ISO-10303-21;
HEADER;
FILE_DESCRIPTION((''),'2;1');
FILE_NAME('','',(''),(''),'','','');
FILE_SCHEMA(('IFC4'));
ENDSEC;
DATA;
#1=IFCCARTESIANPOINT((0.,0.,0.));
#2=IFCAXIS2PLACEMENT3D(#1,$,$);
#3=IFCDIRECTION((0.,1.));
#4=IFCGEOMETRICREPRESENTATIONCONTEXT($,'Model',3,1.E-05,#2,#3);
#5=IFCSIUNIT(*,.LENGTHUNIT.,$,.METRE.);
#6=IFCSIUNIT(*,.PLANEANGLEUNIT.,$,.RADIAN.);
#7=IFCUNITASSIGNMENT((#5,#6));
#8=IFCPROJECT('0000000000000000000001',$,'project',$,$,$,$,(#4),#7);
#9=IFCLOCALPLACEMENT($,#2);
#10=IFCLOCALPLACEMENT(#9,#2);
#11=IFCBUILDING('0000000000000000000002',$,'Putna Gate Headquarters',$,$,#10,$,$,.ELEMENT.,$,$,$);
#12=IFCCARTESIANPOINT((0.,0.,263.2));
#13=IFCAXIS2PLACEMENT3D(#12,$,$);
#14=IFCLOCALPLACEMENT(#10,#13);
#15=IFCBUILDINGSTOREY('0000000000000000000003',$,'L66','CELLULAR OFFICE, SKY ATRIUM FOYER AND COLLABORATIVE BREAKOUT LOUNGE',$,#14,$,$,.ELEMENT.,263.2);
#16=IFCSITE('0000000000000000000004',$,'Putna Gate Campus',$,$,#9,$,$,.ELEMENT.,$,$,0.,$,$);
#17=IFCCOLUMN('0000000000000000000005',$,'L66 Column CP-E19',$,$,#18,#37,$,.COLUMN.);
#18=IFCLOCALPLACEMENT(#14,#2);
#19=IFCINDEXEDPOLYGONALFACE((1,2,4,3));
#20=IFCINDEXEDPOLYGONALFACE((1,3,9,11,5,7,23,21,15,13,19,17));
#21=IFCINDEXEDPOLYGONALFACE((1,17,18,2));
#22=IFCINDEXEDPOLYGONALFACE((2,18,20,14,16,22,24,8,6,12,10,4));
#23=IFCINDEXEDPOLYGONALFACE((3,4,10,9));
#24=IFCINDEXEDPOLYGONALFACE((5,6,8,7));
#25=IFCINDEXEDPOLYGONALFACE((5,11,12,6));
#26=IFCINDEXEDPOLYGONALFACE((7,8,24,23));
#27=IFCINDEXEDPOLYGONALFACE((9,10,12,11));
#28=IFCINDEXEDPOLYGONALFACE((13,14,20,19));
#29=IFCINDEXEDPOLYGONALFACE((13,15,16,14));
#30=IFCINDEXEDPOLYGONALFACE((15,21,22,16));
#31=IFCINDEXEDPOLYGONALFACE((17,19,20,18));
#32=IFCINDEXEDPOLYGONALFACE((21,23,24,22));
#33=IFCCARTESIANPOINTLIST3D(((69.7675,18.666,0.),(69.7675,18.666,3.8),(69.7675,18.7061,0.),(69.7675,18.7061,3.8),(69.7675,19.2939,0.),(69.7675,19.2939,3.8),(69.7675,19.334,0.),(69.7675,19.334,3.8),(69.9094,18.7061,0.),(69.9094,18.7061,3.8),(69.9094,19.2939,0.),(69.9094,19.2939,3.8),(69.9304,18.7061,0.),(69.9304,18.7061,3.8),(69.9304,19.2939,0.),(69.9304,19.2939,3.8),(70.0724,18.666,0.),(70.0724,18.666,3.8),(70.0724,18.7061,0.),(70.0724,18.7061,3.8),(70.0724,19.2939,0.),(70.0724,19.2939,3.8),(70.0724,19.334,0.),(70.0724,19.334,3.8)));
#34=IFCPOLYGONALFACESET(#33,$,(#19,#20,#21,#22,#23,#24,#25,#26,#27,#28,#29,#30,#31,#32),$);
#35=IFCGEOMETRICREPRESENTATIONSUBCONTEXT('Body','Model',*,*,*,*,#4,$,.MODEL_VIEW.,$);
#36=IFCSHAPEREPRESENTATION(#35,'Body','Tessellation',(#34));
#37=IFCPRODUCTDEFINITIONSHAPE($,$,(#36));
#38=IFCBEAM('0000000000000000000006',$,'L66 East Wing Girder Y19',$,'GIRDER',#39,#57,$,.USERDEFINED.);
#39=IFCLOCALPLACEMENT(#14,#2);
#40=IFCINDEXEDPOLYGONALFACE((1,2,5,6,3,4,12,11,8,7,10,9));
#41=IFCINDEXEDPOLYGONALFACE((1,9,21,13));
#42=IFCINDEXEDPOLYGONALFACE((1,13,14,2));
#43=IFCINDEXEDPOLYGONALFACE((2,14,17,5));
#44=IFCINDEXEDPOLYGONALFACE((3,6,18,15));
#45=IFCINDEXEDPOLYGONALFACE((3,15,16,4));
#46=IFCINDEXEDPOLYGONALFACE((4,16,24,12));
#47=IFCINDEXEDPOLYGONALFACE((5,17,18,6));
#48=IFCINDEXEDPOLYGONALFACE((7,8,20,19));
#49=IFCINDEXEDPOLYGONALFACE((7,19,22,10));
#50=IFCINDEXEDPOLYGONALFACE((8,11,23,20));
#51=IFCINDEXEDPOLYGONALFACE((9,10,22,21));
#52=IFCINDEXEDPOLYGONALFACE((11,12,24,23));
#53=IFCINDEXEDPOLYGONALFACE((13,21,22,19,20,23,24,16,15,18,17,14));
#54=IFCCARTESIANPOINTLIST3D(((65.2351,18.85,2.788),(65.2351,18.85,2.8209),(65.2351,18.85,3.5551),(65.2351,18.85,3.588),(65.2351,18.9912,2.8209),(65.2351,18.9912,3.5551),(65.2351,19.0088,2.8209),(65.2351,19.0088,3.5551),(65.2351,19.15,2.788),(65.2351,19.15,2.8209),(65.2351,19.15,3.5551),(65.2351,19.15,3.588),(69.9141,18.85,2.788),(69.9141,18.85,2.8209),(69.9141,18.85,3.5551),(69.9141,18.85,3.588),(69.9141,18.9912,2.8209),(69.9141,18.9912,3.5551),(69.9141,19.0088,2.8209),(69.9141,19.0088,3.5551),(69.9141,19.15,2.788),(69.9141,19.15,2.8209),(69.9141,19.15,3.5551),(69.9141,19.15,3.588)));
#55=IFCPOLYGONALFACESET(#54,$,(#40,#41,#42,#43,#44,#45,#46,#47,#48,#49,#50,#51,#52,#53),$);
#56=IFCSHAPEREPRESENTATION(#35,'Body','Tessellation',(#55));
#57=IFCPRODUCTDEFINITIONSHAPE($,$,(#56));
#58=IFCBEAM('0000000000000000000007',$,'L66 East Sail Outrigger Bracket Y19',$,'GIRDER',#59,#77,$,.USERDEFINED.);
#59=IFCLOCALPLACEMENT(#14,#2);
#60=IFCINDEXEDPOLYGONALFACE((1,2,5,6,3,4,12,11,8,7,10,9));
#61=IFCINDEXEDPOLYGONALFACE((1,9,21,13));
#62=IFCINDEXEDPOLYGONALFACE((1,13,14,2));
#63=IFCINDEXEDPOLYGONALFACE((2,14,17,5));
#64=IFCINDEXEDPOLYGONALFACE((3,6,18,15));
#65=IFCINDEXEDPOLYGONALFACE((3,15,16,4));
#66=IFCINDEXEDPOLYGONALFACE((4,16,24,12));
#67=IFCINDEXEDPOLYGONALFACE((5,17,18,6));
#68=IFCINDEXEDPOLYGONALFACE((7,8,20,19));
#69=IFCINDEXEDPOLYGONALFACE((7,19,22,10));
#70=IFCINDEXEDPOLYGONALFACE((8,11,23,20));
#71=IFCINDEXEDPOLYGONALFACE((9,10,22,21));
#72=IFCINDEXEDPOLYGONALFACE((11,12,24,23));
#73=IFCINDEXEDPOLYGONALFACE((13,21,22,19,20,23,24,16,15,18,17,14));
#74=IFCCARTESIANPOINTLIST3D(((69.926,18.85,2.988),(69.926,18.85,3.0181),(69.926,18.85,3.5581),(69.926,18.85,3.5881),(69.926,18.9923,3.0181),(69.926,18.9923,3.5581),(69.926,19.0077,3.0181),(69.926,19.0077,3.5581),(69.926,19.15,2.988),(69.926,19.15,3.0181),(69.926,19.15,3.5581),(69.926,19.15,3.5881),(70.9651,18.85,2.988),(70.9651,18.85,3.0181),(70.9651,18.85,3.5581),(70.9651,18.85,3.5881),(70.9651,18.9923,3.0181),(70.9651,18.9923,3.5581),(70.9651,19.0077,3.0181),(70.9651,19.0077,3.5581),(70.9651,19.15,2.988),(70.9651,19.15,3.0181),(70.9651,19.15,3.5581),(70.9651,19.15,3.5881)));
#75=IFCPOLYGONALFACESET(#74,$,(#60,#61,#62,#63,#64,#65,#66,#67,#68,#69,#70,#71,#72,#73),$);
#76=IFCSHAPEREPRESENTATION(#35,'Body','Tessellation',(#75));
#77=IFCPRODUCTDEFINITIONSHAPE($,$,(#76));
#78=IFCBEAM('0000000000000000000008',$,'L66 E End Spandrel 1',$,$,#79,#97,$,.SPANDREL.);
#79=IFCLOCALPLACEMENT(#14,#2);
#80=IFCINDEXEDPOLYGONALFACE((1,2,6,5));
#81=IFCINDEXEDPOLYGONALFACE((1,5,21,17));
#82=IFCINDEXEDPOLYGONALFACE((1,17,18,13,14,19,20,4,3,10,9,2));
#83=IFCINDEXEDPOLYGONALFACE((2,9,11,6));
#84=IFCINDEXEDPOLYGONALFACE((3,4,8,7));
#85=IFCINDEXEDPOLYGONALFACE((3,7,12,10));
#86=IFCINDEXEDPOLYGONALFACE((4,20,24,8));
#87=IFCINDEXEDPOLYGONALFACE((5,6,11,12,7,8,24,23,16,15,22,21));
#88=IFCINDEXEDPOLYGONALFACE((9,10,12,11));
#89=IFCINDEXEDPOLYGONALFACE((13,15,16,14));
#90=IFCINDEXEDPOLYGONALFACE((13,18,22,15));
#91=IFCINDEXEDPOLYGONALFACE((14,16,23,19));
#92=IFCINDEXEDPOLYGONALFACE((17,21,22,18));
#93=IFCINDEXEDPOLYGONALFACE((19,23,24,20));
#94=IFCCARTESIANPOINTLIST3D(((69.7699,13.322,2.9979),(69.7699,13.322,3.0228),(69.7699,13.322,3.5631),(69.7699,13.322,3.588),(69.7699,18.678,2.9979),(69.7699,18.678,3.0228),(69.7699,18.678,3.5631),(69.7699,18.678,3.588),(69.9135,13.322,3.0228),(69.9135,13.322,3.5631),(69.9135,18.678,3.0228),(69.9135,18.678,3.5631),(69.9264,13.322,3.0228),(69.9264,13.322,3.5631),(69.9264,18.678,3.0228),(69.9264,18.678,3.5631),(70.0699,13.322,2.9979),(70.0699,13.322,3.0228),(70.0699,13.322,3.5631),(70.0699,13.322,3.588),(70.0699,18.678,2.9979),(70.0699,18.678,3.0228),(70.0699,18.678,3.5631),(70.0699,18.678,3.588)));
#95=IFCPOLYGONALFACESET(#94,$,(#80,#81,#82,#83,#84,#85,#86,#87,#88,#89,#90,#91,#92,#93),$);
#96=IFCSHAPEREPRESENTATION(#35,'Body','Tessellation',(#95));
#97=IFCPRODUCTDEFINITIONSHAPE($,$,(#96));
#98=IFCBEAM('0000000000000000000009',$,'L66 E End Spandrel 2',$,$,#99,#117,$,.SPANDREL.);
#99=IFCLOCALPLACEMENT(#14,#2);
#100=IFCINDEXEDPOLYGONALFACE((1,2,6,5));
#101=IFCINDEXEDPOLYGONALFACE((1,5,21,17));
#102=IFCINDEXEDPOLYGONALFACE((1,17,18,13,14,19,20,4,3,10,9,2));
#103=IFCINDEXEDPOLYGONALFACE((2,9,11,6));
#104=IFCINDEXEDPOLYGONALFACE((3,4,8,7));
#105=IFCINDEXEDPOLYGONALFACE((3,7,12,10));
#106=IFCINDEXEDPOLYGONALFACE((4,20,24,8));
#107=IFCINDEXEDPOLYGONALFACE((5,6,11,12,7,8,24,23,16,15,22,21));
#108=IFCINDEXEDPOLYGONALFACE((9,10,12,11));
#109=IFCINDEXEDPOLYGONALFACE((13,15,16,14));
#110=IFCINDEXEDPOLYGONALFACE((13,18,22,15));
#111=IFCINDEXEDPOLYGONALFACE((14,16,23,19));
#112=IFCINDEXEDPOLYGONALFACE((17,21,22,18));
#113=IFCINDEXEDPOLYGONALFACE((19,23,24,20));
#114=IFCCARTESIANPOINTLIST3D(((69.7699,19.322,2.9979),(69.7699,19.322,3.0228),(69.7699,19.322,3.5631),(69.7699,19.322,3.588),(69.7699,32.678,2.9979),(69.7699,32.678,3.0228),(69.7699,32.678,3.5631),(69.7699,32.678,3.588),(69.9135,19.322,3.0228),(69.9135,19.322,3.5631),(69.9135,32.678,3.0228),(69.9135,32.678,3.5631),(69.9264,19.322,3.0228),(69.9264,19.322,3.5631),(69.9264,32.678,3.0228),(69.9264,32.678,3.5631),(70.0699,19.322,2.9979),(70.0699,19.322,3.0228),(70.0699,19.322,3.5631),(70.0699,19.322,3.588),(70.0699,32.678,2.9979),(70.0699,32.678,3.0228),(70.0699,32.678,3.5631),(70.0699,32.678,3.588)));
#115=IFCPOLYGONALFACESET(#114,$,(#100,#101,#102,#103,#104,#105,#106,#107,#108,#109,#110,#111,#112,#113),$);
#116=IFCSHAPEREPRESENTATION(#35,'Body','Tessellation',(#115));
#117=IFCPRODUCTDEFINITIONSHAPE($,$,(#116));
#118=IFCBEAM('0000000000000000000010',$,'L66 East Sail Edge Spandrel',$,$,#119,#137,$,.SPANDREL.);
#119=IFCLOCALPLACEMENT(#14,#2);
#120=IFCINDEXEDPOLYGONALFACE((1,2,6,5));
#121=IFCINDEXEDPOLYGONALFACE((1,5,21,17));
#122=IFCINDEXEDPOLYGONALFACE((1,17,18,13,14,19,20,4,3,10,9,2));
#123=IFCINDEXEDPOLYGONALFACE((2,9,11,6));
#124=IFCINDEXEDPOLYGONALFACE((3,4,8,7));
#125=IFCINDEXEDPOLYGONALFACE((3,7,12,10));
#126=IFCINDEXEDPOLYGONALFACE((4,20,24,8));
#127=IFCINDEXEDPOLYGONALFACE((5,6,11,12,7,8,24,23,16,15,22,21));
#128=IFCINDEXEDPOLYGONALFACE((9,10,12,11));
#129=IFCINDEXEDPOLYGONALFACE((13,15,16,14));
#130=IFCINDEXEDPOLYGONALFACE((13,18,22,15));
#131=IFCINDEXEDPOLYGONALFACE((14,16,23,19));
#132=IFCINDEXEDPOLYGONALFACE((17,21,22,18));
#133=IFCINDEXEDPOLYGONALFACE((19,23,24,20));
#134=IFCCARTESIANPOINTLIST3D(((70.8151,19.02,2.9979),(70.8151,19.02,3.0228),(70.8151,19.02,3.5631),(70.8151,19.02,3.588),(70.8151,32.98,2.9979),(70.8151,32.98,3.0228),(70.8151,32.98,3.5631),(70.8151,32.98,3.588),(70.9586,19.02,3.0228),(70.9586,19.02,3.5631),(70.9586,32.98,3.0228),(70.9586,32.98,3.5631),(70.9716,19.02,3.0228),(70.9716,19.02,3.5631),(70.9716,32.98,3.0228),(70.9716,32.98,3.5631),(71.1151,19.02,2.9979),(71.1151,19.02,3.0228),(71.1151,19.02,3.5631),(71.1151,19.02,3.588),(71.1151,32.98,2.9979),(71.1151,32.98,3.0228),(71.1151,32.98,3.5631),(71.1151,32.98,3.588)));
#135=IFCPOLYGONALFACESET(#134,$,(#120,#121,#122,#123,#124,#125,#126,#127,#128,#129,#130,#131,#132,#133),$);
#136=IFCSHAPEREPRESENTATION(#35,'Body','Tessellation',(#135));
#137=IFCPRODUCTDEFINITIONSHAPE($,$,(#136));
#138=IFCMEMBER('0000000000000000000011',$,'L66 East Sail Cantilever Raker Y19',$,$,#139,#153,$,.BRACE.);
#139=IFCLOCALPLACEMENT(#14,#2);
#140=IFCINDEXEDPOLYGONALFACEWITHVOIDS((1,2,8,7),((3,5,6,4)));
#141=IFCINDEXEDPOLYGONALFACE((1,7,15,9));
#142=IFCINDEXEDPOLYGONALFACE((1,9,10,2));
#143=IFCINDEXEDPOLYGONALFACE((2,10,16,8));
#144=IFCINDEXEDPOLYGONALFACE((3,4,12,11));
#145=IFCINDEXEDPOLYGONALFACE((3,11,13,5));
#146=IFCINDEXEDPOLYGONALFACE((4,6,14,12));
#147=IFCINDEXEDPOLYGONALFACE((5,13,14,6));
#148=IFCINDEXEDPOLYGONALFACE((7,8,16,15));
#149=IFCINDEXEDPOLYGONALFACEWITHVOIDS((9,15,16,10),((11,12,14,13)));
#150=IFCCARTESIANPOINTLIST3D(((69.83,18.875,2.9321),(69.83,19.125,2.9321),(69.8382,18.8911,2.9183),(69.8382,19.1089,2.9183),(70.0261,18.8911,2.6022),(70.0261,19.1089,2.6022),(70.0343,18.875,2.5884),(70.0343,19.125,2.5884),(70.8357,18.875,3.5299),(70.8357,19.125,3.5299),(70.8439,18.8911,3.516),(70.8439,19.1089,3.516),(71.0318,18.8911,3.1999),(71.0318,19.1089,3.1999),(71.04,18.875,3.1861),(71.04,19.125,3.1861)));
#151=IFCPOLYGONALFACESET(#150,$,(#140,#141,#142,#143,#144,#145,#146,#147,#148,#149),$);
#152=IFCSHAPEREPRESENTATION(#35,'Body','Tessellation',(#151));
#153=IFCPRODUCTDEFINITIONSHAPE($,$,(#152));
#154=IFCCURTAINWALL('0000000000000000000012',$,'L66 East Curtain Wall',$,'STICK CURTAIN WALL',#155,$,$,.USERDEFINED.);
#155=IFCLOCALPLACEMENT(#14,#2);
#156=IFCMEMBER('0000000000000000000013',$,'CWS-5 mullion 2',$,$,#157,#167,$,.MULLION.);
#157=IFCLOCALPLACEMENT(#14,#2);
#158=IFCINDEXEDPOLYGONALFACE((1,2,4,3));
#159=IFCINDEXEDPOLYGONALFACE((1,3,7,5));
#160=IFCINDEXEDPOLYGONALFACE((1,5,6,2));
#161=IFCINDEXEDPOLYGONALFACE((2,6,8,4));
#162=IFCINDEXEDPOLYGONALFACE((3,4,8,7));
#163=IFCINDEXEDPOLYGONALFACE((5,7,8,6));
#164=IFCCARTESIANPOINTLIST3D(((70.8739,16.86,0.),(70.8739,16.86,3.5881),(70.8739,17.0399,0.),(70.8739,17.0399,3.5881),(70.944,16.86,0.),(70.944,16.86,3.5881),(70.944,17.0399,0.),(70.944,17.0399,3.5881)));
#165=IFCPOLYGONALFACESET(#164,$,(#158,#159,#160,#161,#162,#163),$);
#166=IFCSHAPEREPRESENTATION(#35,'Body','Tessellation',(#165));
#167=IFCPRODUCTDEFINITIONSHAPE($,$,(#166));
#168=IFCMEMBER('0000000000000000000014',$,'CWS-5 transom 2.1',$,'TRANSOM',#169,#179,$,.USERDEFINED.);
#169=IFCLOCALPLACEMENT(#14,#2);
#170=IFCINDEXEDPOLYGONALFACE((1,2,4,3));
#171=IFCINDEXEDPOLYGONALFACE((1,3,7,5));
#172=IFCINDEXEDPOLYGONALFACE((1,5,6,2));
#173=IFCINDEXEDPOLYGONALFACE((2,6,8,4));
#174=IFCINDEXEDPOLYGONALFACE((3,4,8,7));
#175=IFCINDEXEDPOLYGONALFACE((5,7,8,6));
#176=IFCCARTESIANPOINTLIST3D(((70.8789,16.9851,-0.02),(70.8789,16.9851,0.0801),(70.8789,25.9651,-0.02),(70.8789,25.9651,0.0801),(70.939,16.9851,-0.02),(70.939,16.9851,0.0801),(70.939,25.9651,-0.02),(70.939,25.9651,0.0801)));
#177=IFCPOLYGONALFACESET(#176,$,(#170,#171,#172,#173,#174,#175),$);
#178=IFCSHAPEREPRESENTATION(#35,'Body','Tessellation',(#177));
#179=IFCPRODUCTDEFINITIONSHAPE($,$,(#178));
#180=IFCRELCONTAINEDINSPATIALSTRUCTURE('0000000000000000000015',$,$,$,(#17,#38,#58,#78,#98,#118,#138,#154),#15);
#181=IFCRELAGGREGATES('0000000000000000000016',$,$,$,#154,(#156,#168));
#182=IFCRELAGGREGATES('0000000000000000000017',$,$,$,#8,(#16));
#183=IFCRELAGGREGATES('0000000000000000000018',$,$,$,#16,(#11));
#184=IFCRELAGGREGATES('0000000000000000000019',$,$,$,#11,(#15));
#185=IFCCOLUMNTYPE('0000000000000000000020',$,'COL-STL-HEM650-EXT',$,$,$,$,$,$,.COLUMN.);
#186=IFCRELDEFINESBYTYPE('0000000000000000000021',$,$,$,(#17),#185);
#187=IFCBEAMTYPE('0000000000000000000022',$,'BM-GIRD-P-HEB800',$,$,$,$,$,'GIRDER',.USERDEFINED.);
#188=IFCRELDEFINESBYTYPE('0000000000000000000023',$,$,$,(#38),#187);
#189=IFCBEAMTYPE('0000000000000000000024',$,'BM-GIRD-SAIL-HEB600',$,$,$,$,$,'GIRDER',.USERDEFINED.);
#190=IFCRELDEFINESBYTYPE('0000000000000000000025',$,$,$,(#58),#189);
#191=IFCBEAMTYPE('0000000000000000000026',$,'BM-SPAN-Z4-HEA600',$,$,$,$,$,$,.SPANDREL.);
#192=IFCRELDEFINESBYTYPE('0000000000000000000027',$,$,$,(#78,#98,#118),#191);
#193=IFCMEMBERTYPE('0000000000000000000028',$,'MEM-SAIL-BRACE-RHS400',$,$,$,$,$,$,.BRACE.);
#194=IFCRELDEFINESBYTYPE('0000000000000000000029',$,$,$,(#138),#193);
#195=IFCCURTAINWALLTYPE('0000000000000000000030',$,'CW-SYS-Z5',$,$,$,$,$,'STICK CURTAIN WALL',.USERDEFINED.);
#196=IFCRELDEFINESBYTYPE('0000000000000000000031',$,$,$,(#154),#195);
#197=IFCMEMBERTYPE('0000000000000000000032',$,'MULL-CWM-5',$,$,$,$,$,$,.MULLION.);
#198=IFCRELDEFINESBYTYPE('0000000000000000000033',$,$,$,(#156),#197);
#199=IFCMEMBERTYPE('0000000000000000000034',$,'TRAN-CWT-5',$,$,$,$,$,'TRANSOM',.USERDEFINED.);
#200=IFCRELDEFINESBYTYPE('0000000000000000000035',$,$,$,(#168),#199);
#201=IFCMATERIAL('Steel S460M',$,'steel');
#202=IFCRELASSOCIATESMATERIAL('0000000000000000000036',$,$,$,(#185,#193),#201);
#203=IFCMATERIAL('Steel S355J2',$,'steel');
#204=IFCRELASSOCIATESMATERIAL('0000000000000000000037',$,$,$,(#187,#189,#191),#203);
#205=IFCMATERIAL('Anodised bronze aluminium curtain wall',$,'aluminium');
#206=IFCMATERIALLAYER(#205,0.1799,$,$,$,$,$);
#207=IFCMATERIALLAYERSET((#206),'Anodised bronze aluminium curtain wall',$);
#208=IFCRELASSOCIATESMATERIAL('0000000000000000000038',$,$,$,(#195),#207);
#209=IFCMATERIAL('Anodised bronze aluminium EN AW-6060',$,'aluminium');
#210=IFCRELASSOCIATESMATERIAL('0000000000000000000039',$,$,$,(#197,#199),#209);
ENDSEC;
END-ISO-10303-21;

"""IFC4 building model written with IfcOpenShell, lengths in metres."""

from ifc_helpers import new_model, si_unit, direction, frame, origin, origin_2d, place, context, subcontext, project, spatial, rectangle, hollow_rectangle, i_section, extrude, material, layer, layer_set, material_profile, profile_set, type_object, element, aggregate, save


model = new_model("IFC4")

# Units and contexts
model_context = context("Model", 3, precision=1e-05, world=origin(), true_north=direction((0.0, 1.0)))
body_context = subcontext(model_context, "Body", "Model", "MODEL_VIEW")
ifc_project = project(units=[si_unit("LENGTHUNIT", "METRE"), si_unit("PLANEANGLEUNIT", "RADIAN")], contexts=[model_context])

# Site, building, storey
site_placement = place(None, origin())
site = spatial("IfcSite", under=ifc_project, at=site_placement, Name="Putna Gate Campus", CompositionType="ELEMENT", RefElevation=0.0)
building_placement = place(site_placement, origin())
building = spatial("IfcBuilding", under=site, at=building_placement, Name="Putna Gate Headquarters", CompositionType="ELEMENT")
storey_placement = place(building_placement, frame((0.0, 0.0, 263.2)))
storey = spatial("IfcBuildingStorey", under=building, at=storey_placement, Name="L66", Description="CELLULAR OFFICE, SKY ATRIUM FOYER AND COLLABORATIVE BREAKOUT LOUNGE", CompositionType="ELEMENT", Elevation=263.2)

# Column
ifc_material_1 = material(Name="Steel S460M", Category="steel")
ifc_material_profile_1 = material_profile(ifc_material_1, i_section(OverallWidth=0.3049, OverallDepth=0.668, WebThickness=0.021, FlangeThickness=0.04, at=origin_2d()), Name="Steel S460M")
ifc_profile_set_1 = profile_set([ifc_material_profile_1], Name="Steel S460M")
column_type = type_object("IfcColumnType", Name="COL-STL-HEM650-EXT", PredefinedType="COLUMN", material=ifc_profile_set_1)
column_placement = place(storey_placement, frame((69.9199, 19.0, 0.0), z_axis=(0.0, 0.0, 1.0), x_axis=(1.0, 0.0, 0.0)))
element("IfcColumn", 1, at=column_placement, inside=storey, type_object=column_type, Name="L66 Column CP-E19", PredefinedType="COLUMN", context=body_context, shape_type="SweptSolid", body=[
    extrude(i_section(OverallWidth=0.3049, OverallDepth=0.668, WebThickness=0.021, FlangeThickness=0.04, at=origin_2d()), origin(), (0.0, 0.0, 1.0), 3.8),
])

# Beams
ifc_material_2 = material(Name="Steel S355J2", Category="steel")
ifc_material_profile_2 = material_profile(ifc_material_2, i_section(OverallWidth=0.3, OverallDepth=0.8, WebThickness=0.0176, FlangeThickness=0.033, at=origin_2d()), Name="Steel S355J2")
ifc_profile_set_2 = profile_set([ifc_material_profile_2], Name="Steel S355J2")
beam_type_1 = type_object("IfcBeamType", Name="BM-GIRD-P-HEB800", ElementType="GIRDER", PredefinedType="USERDEFINED", material=ifc_profile_set_2)
beam_1_placement = place(storey_placement, frame((65.2351, 19.0, 3.188), z_axis=(1.0, 0.0, 0.0), x_axis=(0.0, 1.0, 0.0)))
element("IfcBeam", 2, at=beam_1_placement, inside=storey, type_object=beam_type_1, Name="L66 East Wing Girder Y19", ObjectType="GIRDER", PredefinedType="USERDEFINED", context=body_context, shape_type="SweptSolid", body=[
    extrude(i_section(OverallWidth=0.3, OverallDepth=0.8, WebThickness=0.0176, FlangeThickness=0.033, at=origin_2d()), origin(), (0.0, 0.0, 1.0), 4.679),
])
ifc_material_profile_3 = material_profile(ifc_material_2, i_section(OverallWidth=0.3, OverallDepth=0.6001, WebThickness=0.0154, FlangeThickness=0.03, at=origin_2d()), Name="Steel S355J2")
ifc_profile_set_3 = profile_set([ifc_material_profile_3], Name="Steel S355J2")
beam_type_2 = type_object("IfcBeamType", Name="BM-GIRD-SAIL-HEB600", ElementType="GIRDER", PredefinedType="USERDEFINED", material=ifc_profile_set_3)
beam_2_placement = place(storey_placement, frame((69.926, 19.0, 3.2881), z_axis=(1.0, 0.0, 0.0), x_axis=(0.0, 1.0, 0.0)))
element("IfcBeam", 3, at=beam_2_placement, inside=storey, type_object=beam_type_2, Name="L66 East Sail Outrigger Bracket Y19", ObjectType="GIRDER", PredefinedType="USERDEFINED", context=body_context, shape_type="SweptSolid", body=[
    extrude(i_section(OverallWidth=0.3, OverallDepth=0.6001, WebThickness=0.0154, FlangeThickness=0.03, at=origin_2d()), origin(), (0.0, 0.0, 1.0), 1.0391),
])
ifc_material_profile_4 = material_profile(ifc_material_2, i_section(OverallWidth=0.3, OverallDepth=0.5901, WebThickness=0.0129, FlangeThickness=0.0249, at=origin_2d()), Name="Steel S355J2")
ifc_profile_set_4 = profile_set([ifc_material_profile_4], Name="Steel S355J2")
beam_type_3 = type_object("IfcBeamType", Name="BM-SPAN-Z4-HEA600", PredefinedType="SPANDREL", material=ifc_profile_set_4)
beam_3_placement = place(storey_placement, frame((69.9199, 13.322, 3.293), z_axis=(0.0, 1.0, 0.0), x_axis=(-1.0, 0.0, 0.0)))
element("IfcBeam", 4, at=beam_3_placement, inside=storey, type_object=beam_type_3, Name="L66 E End Spandrel 1", PredefinedType="SPANDREL", context=body_context, shape_type="SweptSolid", body=[
    extrude(i_section(OverallWidth=0.3, OverallDepth=0.5901, WebThickness=0.0129, FlangeThickness=0.0249, at=origin_2d()), origin(), (0.0, 0.0, 1.0), 5.356),
])
beam_4_placement = place(storey_placement, frame((69.9199, 19.322, 3.293), z_axis=(0.0, 1.0, 0.0), x_axis=(-1.0, 0.0, 0.0)))
element("IfcBeam", 5, at=beam_4_placement, inside=storey, type_object=beam_type_3, Name="L66 E End Spandrel 2", PredefinedType="SPANDREL", context=body_context, shape_type="SweptSolid", body=[
    extrude(i_section(OverallWidth=0.3, OverallDepth=0.5901, WebThickness=0.0129, FlangeThickness=0.0249, at=origin_2d()), origin(), (0.0, 0.0, 1.0), 13.356),
])
beam_5_placement = place(storey_placement, frame((70.9651, 19.02, 3.293), z_axis=(0.0, 1.0, 0.0), x_axis=(-1.0, 0.0, 0.0)))
element("IfcBeam", 6, at=beam_5_placement, inside=storey, type_object=beam_type_3, Name="L66 East Sail Edge Spandrel", PredefinedType="SPANDREL", context=body_context, shape_type="SweptSolid", body=[
    extrude(i_section(OverallWidth=0.3, OverallDepth=0.5901, WebThickness=0.0129, FlangeThickness=0.0249, at=origin_2d()), origin(), (0.0, 0.0, 1.0), 13.96),
])

# Member
ifc_material_profile_5 = material_profile(ifc_material_1, hollow_rectangle(XDim=0.25, YDim=0.3999, WallThickness=0.0161, at=origin_2d()), Name="Steel S460M")
ifc_profile_set_5 = profile_set([ifc_material_profile_5], Name="Steel S460M")
member_type_1 = type_object("IfcMemberType", Name="MEM-SAIL-BRACE-RHS400", PredefinedType="BRACE", material=ifc_profile_set_5)
member_1_placement = place(storey_placement, frame((69.9321, 19.0, 2.7603), z_axis=(0.85964, 0.0, 0.5109), x_axis=(0.0, 1.0, 0.0)))
element("IfcMember", 7, at=member_1_placement, inside=storey, type_object=member_type_1, Name="L66 East Sail Cantilever Raker Y19", PredefinedType="BRACE", context=body_context, shape_type="SweptSolid", body=[
    extrude(hollow_rectangle(XDim=0.25, YDim=0.3999, WallThickness=0.0161, at=origin_2d()), origin(), (0.0, 0.0, 1.0), 1.1699),
])

# Curtain wall, members
ifc_material_3 = material(Name="Anodised bronze aluminium curtain wall", Category="aluminium")
ifc_layer_1 = layer(ifc_material_3, 0.1799)
ifc_layer_set_1 = layer_set([ifc_layer_1], Name="Anodised bronze aluminium curtain wall")
curtain_wall_type = type_object("IfcCurtainWallType", Name="CW-SYS-Z5", ElementType="STICK CURTAIN WALL", PredefinedType="USERDEFINED", material=ifc_layer_set_1)
curtain_wall_placement = place(storey_placement, origin())
curtain_wall = element("IfcCurtainWall", 8, at=curtain_wall_placement, inside=storey, type_object=curtain_wall_type, Name="L66 East Curtain Wall", ObjectType="STICK CURTAIN WALL", PredefinedType="USERDEFINED")
ifc_material_4 = material(Name="Anodised bronze aluminium EN AW-6060", Category="aluminium")
ifc_material_profile_6 = material_profile(ifc_material_4, rectangle(XDim=0.0701, YDim=0.1799, at=origin_2d()), Name="Anodised bronze aluminium EN AW-6060")
ifc_profile_set_6 = profile_set([ifc_material_profile_6], Name="Anodised bronze aluminium EN AW-6060")
member_type_2 = type_object("IfcMemberType", Name="MULL-CWM-5", PredefinedType="MULLION", material=ifc_profile_set_6)
member_2_placement = place(storey_placement, frame((70.9089, 16.95, 0.0), z_axis=(0.0, 0.0, 1.0), x_axis=(-1.0, 0.0, 0.0)))
member_2 = element("IfcMember", 9, at=member_2_placement, type_object=member_type_2, Name="CWS-5 mullion 2", PredefinedType="MULLION", context=body_context, shape_type="SweptSolid", body=[
    extrude(rectangle(XDim=0.0701, YDim=0.1799, at=origin_2d()), origin(), (0.0, 0.0, 1.0), 3.5881),
])
ifc_material_profile_7 = material_profile(ifc_material_4, rectangle(XDim=0.0601, YDim=0.1001, at=origin_2d()), Name="Anodised bronze aluminium EN AW-6060")
ifc_profile_set_7 = profile_set([ifc_material_profile_7], Name="Anodised bronze aluminium EN AW-6060")
member_type_3 = type_object("IfcMemberType", Name="TRAN-CWT-5", ElementType="TRANSOM", PredefinedType="USERDEFINED", material=ifc_profile_set_7)
member_3_placement = place(storey_placement, frame((70.9089, 16.9851, 0.03), z_axis=(0.0, 1.0, 0.0), x_axis=(-1.0, 0.0, 0.0)))
member_3 = element("IfcMember", 10, at=member_3_placement, type_object=member_type_3, Name="CWS-5 transom 2.1", ObjectType="TRANSOM", PredefinedType="USERDEFINED", context=body_context, shape_type="SweptSolid", body=[
    extrude(rectangle(XDim=0.0601, YDim=0.1001, at=origin_2d()), origin(), (0.0, 0.0, 1.0), 8.98),
])
aggregate(curtain_wall, [member_2, member_3])

save(model, "model.ifc")
